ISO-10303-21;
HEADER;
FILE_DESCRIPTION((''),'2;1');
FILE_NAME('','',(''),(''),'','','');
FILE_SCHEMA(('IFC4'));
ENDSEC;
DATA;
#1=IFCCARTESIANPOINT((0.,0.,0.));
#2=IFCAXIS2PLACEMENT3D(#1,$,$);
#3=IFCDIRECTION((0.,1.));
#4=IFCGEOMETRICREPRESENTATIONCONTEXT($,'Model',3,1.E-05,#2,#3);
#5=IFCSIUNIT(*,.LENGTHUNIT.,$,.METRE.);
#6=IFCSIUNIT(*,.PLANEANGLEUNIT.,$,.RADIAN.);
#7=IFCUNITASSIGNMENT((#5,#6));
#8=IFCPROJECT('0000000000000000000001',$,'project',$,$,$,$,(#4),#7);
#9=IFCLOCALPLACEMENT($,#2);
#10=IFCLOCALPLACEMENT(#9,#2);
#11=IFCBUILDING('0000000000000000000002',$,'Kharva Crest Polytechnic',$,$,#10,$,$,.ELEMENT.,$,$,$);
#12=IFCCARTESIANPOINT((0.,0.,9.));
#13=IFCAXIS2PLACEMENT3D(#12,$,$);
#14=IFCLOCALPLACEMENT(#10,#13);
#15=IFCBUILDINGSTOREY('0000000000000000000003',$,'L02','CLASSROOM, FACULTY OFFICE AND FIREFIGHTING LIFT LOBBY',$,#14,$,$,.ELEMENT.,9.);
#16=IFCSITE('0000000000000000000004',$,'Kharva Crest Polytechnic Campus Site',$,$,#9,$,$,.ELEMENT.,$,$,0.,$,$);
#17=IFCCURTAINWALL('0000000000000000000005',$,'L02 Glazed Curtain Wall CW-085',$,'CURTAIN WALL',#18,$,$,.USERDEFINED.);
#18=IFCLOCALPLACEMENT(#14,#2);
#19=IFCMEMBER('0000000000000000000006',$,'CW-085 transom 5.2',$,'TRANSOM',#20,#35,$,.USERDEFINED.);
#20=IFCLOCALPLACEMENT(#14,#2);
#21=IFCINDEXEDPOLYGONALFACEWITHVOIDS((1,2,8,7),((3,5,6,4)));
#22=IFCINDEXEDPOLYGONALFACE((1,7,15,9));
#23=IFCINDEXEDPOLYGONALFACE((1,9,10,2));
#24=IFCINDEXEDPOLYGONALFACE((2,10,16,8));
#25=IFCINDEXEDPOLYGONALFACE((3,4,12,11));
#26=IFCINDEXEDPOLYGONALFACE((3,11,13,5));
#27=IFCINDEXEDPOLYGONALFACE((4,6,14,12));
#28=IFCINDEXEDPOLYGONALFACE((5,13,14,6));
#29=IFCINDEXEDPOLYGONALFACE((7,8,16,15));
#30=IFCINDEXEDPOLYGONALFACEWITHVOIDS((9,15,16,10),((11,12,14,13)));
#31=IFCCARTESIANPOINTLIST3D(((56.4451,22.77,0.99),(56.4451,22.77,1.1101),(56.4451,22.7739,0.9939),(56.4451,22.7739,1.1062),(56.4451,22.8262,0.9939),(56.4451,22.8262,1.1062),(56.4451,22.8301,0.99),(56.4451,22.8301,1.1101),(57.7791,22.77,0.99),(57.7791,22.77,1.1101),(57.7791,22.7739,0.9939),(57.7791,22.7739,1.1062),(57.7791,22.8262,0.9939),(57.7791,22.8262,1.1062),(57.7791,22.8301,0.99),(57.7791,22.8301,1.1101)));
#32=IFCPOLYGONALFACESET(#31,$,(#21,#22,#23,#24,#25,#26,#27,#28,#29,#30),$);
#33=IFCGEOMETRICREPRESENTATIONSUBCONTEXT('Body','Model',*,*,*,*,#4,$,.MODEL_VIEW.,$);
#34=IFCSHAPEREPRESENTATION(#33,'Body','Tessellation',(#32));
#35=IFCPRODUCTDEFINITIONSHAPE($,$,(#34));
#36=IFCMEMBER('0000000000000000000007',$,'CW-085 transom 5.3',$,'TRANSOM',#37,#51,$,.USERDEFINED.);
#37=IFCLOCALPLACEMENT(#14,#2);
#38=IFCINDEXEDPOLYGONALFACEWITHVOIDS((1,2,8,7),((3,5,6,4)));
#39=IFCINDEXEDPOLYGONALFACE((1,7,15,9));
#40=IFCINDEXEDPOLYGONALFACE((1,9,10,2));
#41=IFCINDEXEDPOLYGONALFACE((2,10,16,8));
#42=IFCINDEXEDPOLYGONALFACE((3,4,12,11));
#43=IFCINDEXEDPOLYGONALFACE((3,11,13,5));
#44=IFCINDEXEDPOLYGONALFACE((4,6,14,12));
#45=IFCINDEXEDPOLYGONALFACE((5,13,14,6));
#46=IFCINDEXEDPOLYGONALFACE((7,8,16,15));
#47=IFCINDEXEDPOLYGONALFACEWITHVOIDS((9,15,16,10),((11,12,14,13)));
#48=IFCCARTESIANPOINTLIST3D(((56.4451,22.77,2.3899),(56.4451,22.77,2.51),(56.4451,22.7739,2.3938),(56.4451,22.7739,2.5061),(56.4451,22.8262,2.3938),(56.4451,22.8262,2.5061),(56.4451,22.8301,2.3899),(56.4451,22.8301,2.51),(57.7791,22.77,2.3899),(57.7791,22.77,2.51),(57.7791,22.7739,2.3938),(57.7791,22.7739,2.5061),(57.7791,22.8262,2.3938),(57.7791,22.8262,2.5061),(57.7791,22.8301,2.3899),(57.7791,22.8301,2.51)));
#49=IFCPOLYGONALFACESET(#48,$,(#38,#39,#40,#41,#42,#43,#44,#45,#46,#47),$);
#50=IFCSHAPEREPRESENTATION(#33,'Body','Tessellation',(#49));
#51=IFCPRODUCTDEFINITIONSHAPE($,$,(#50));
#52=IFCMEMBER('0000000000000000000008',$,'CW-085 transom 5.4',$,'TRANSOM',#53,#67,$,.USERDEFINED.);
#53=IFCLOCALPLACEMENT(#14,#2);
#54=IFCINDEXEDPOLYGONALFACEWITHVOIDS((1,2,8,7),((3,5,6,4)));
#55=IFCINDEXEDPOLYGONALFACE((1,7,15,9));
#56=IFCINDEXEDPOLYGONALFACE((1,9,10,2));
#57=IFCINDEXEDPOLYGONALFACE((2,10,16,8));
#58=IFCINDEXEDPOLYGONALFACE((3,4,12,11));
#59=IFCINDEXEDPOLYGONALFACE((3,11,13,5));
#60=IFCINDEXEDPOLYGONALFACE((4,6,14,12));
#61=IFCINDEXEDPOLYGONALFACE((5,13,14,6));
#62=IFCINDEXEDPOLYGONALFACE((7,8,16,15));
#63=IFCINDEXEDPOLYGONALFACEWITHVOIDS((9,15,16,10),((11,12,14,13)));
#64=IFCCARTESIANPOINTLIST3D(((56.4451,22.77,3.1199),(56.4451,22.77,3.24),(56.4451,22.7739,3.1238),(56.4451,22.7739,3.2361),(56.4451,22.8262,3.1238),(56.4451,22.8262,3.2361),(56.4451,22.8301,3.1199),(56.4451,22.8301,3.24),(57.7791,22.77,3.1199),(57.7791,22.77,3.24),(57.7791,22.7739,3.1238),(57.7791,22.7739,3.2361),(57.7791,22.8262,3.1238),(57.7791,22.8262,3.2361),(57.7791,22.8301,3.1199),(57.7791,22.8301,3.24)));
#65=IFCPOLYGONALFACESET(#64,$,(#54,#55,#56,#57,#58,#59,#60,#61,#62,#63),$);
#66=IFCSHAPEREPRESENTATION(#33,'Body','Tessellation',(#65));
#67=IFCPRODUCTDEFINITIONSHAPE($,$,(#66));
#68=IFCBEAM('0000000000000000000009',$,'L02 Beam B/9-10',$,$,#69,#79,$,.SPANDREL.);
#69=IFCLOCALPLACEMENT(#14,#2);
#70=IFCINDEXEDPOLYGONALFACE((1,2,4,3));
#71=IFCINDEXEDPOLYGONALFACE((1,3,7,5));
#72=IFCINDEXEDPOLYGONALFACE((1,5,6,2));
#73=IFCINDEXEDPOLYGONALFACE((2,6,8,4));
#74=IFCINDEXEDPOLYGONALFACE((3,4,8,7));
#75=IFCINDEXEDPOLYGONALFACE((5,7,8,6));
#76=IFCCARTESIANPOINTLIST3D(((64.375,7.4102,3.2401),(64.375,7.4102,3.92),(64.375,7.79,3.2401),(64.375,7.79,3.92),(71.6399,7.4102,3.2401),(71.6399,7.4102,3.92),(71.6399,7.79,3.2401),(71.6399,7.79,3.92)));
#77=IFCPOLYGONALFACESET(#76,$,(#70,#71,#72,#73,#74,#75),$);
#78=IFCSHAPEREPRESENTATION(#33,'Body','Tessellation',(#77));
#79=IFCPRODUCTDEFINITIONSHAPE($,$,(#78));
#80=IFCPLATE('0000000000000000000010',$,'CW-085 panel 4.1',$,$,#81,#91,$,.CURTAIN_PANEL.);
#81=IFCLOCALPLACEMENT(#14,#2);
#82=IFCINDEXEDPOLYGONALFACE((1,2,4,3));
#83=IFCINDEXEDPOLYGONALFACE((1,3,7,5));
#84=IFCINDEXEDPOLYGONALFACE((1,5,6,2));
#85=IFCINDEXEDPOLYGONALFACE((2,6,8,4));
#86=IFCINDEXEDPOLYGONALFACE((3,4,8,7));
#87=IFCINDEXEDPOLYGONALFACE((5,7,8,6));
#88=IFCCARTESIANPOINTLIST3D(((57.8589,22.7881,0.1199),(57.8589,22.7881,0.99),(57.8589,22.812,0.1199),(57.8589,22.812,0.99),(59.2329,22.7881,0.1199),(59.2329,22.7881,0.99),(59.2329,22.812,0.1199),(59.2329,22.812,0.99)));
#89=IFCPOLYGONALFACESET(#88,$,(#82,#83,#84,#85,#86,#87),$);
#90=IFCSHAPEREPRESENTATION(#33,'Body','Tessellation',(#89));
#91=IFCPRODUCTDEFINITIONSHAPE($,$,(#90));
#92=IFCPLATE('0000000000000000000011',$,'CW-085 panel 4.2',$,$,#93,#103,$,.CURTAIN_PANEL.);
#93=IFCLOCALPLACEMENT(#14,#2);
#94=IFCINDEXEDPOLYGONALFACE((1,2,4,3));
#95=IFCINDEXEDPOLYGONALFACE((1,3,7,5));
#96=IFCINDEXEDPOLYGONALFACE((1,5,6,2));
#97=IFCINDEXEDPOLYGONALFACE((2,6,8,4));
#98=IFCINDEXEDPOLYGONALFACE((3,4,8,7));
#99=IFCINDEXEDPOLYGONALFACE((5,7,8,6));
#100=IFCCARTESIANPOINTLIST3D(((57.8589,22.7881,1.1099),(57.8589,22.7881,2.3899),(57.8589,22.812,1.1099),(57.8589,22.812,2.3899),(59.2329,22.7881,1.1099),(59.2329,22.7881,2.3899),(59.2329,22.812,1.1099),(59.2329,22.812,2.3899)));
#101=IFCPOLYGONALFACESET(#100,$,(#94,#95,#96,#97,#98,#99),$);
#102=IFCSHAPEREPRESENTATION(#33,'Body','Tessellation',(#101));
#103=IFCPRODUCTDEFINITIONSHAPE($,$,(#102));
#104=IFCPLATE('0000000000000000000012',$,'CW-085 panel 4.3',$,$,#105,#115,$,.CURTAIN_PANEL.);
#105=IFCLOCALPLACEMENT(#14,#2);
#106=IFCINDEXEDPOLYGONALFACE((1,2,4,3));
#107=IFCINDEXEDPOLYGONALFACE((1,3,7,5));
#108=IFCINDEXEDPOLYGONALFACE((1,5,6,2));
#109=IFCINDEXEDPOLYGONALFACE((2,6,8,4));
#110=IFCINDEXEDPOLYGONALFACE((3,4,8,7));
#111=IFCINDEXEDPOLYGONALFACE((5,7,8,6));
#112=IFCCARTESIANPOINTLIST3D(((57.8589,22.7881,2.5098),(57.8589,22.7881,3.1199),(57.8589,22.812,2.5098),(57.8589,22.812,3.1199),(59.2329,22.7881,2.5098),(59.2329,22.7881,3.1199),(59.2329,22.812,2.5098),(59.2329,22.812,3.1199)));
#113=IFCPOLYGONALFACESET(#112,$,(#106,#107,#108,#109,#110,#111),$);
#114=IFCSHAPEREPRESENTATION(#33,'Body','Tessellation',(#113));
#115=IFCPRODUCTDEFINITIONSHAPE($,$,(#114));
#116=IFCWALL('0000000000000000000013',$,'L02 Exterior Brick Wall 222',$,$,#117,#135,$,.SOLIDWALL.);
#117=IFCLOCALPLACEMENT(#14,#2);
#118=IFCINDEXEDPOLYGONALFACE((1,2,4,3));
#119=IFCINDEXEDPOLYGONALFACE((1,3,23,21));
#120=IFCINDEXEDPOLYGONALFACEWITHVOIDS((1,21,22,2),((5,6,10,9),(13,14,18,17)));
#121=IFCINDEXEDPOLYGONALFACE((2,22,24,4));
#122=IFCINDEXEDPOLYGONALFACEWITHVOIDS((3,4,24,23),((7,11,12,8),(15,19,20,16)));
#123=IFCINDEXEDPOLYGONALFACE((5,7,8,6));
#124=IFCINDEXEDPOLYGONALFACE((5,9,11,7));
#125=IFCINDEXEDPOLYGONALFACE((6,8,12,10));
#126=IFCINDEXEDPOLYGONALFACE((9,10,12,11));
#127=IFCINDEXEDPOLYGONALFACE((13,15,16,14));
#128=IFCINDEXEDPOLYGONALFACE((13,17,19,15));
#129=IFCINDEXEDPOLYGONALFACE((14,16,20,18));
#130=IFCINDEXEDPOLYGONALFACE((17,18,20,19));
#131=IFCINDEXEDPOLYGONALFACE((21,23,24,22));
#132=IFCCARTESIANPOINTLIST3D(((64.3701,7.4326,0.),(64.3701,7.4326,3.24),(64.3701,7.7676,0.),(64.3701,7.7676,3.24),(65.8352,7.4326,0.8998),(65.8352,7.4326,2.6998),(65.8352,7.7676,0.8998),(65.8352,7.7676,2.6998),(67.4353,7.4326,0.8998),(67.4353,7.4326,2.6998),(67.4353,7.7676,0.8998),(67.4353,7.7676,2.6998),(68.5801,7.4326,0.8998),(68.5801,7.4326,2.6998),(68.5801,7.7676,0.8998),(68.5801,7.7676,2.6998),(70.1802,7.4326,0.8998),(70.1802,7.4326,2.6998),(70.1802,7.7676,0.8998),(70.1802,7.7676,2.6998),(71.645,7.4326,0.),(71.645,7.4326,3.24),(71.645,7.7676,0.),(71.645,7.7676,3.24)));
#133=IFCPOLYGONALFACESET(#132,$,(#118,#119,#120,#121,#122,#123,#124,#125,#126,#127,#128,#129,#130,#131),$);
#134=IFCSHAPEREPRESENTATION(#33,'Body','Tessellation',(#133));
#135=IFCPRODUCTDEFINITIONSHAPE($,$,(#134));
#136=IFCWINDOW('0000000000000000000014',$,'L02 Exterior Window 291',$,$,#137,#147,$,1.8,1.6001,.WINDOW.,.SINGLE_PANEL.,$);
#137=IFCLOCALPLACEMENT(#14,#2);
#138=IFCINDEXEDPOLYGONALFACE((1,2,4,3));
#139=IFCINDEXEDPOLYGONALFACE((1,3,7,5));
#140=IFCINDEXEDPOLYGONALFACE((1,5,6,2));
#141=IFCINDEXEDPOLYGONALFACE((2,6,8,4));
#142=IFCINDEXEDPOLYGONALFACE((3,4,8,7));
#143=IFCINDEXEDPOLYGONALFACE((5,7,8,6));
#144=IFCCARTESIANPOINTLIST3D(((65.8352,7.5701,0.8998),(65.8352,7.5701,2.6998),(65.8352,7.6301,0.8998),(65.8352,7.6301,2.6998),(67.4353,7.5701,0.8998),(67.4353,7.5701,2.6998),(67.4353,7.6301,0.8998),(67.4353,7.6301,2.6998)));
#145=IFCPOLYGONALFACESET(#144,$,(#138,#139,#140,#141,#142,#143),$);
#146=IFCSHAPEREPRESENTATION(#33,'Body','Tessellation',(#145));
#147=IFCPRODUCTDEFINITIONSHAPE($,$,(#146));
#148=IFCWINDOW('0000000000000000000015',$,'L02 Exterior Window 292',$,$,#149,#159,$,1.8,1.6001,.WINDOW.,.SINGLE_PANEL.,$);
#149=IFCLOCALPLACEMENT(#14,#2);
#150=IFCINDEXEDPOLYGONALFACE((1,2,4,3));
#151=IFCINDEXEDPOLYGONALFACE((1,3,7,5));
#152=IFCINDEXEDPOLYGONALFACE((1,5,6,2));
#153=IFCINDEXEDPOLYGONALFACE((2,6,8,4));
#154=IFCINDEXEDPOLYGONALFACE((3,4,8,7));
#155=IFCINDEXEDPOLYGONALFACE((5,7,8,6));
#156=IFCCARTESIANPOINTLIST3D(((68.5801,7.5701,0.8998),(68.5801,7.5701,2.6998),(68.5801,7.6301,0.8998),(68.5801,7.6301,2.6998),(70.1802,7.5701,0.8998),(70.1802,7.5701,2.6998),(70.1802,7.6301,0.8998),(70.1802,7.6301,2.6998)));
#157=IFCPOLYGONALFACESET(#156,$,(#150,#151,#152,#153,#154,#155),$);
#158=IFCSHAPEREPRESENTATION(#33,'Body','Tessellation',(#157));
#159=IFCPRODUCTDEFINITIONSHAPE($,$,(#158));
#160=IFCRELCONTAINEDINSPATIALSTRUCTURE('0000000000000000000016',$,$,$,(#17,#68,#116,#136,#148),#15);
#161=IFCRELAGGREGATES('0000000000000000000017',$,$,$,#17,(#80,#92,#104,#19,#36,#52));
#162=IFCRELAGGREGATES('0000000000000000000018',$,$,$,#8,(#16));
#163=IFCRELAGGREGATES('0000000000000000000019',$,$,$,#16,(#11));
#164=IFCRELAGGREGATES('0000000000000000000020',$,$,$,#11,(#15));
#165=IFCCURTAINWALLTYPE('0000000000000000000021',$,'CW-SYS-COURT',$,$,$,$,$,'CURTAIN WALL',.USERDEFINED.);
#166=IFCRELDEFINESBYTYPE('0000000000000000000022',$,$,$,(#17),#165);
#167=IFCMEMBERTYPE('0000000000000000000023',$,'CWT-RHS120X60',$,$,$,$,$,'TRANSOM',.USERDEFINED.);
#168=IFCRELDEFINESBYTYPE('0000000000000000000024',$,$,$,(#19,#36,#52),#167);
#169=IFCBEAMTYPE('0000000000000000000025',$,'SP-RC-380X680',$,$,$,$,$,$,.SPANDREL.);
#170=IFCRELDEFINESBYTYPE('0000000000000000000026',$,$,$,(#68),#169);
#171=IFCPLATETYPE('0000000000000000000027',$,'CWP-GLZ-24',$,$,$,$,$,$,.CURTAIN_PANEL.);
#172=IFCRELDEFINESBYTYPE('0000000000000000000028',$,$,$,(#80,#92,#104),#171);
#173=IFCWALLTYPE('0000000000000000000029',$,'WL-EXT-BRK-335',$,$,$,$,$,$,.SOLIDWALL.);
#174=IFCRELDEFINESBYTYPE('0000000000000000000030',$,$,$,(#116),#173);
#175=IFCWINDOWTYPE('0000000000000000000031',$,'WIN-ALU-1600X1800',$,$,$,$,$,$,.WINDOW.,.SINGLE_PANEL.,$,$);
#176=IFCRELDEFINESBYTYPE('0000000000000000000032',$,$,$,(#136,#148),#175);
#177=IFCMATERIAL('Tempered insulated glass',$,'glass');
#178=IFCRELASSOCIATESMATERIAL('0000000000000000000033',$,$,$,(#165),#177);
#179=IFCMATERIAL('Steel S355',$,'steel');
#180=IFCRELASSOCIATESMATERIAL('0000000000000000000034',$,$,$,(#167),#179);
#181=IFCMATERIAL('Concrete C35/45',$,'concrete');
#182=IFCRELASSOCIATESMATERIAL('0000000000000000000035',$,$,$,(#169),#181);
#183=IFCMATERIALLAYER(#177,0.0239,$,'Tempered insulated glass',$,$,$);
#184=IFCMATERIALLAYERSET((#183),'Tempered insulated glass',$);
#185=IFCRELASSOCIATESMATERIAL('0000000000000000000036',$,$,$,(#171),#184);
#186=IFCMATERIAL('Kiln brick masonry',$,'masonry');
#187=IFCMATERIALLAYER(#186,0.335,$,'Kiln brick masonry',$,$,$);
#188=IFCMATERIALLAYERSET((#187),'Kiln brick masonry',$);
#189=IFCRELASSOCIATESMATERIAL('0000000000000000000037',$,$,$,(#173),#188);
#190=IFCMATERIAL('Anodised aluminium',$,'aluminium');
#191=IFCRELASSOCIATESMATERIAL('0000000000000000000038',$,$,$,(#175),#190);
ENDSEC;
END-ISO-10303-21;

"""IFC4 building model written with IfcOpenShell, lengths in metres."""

from ifc_helpers import new_model, si_unit, direction, frame, frame_2d, origin, origin_2d, place, context, subcontext, project, spatial, rectangle, hollow_rectangle, extrude, material, layer, layer_set, material_profile, profile_set, type_object, element, fill, aggregate, save


model = new_model("IFC4")

# Units and contexts
model_context = context("Model", 3, precision=1e-05, world=origin(), true_north=direction((0.0, 1.0)))
body_context = subcontext(model_context, "Body", "Model", "MODEL_VIEW")
ifc_project = project(units=[si_unit("LENGTHUNIT", "METRE"), si_unit("PLANEANGLEUNIT", "RADIAN")], contexts=[model_context])

# Site, building, storey
site_placement = place(None, origin())
site = spatial("IfcSite", under=ifc_project, at=site_placement, Name="Kharva Crest Polytechnic Campus Site", CompositionType="ELEMENT", RefElevation=0.0)
building_placement = place(site_placement, origin())
building = spatial("IfcBuilding", under=site, at=building_placement, Name="Kharva Crest Polytechnic", CompositionType="ELEMENT")
storey_placement = place(building_placement, frame((0.0, 0.0, 9.0)))
storey = spatial("IfcBuildingStorey", under=building, at=storey_placement, Name="L02", Description="CLASSROOM, FACULTY OFFICE AND FIREFIGHTING LIFT LOBBY", CompositionType="ELEMENT", Elevation=9.0)

# Shared definitions
ifc_material_1 = material(Name="Concrete C35/45", Category="concrete")

# Curtain wall, members
ifc_material_2 = material(Name="Tempered insulated glass", Category="glass")
curtain_wall_type = type_object("IfcCurtainWallType", Name="CW-SYS-COURT", ElementType="CURTAIN WALL", PredefinedType="USERDEFINED", material=ifc_material_2)
curtain_wall_placement = place(storey_placement, origin())
curtain_wall = element("IfcCurtainWall", 1, at=curtain_wall_placement, inside=storey, type_object=curtain_wall_type, Name="L02 Glazed Curtain Wall CW-085", ObjectType="CURTAIN WALL", PredefinedType="USERDEFINED")
ifc_material_3 = material(Name="Steel S355", Category="steel")
ifc_material_profile_1 = material_profile(ifc_material_3, hollow_rectangle(XDim=0.0601, YDim=0.1201, WallThickness=0.0039, at=origin_2d()), Name="RHS 120X60X4.0")
ifc_profile_set_1 = profile_set([ifc_material_profile_1], Name="Steel S355")
member_type_1 = type_object("IfcMemberType", Name="CWT-RHS120X60", ElementType="TRANSOM", PredefinedType="USERDEFINED", material=ifc_profile_set_1)
member_1_placement = place(storey_placement, frame((57.7791, 22.8, 1.05), z_axis=(-1.0, 0.0, 0.0), x_axis=(0.0, -1.0, 0.0)))
member_1 = element("IfcMember", 2, at=member_1_placement, type_object=member_type_1, Name="CW-085 transom 5.2", ObjectType="TRANSOM", PredefinedType="USERDEFINED", context=body_context, shape_type="SweptSolid", body=[
    extrude(hollow_rectangle(XDim=0.0601, YDim=0.1201, WallThickness=0.0039, at=origin_2d()), origin(), (0.0, 0.0, 1.0), 1.334),
])
member_2_placement = place(storey_placement, frame((57.7791, 22.8, 2.45), z_axis=(-1.0, 0.0, 0.0), x_axis=(0.0, -1.0, 0.0)))
member_2 = element("IfcMember", 3, at=member_2_placement, type_object=member_type_1, Name="CW-085 transom 5.3", ObjectType="TRANSOM", PredefinedType="USERDEFINED", context=body_context, shape_type="SweptSolid", body=[
    extrude(hollow_rectangle(XDim=0.0601, YDim=0.1201, WallThickness=0.0039, at=origin_2d()), origin(), (0.0, 0.0, 1.0), 1.334),
])
member_3_placement = place(storey_placement, frame((57.7791, 22.8, 3.1799), z_axis=(-1.0, 0.0, 0.0), x_axis=(0.0, -1.0, 0.0)))
member_3 = element("IfcMember", 4, at=member_3_placement, type_object=member_type_1, Name="CW-085 transom 5.4", ObjectType="TRANSOM", PredefinedType="USERDEFINED", context=body_context, shape_type="SweptSolid", body=[
    extrude(hollow_rectangle(XDim=0.0601, YDim=0.1201, WallThickness=0.0039, at=origin_2d()), origin(), (0.0, 0.0, 1.0), 1.334),
])

# Beam
ifc_material_profile_2 = material_profile(ifc_material_1, rectangle(XDim=0.3799, YDim=0.6799, at=origin_2d()), Name="RECT 380 X 680")
ifc_profile_set_2 = profile_set([ifc_material_profile_2], Name="Concrete C35/45")
beam_type_1 = type_object("IfcBeamType", Name="SP-RC-380X680", PredefinedType="SPANDREL", material=ifc_profile_set_2)
beam_1_placement = place(storey_placement, frame((64.375, 7.6001, 3.5801), z_axis=(1.0, 0.0, 0.0), x_axis=(0.0, 1.0, 0.0)))
element("IfcBeam", 5, at=beam_1_placement, inside=storey, type_object=beam_type_1, Name="L02 Beam B/9-10", PredefinedType="SPANDREL", context=body_context, shape_type="SweptSolid", body=[
    extrude(rectangle(XDim=0.3799, YDim=0.6799, at=origin_2d()), origin(), (0.0, 0.0, 1.0), 7.2649),
])

# Plates
ifc_layer_1 = layer(ifc_material_2, 0.0239, Name="Tempered insulated glass")
ifc_layer_set_1 = layer_set([ifc_layer_1], Name="Tempered insulated glass")
plate_type = type_object("IfcPlateType", Name="CWP-GLZ-24", PredefinedType="CURTAIN_PANEL", material=ifc_layer_set_1)
plate_1_placement = place(storey_placement, frame((58.5459, 22.8, 0.1199), z_axis=(0.0, 0.0, 1.0), x_axis=(-1.0, 0.0, 0.0)))
plate_1 = element("IfcPlate", 6, at=plate_1_placement, type_object=plate_type, Name="CW-085 panel 4.1", PredefinedType="CURTAIN_PANEL", context=body_context, shape_type="SweptSolid", body=[
    extrude(rectangle(XDim=1.374, YDim=0.0239, at=origin_2d()), origin(), (0.0, 0.0, 1.0), 0.8701),
])
plate_2_placement = place(storey_placement, frame((58.5459, 22.8, 1.1099), z_axis=(0.0, 0.0, 1.0), x_axis=(-1.0, 0.0, 0.0)))
plate_2 = element("IfcPlate", 7, at=plate_2_placement, type_object=plate_type, Name="CW-085 panel 4.2", PredefinedType="CURTAIN_PANEL", context=body_context, shape_type="SweptSolid", body=[
    extrude(rectangle(XDim=1.374, YDim=0.0239, at=origin_2d()), origin(), (0.0, 0.0, 1.0), 1.28),
])
plate_3_placement = place(storey_placement, frame((58.5459, 22.8, 2.5098), z_axis=(0.0, 0.0, 1.0), x_axis=(-1.0, 0.0, 0.0)))
plate_3 = element("IfcPlate", 8, at=plate_3_placement, type_object=plate_type, Name="CW-085 panel 4.3", PredefinedType="CURTAIN_PANEL", context=body_context, shape_type="SweptSolid", body=[
    extrude(rectangle(XDim=1.374, YDim=0.0239, at=origin_2d()), origin(), (0.0, 0.0, 1.0), 0.6101),
])
aggregate(curtain_wall, [plate_1, plate_2, plate_3, member_1, member_2, member_3])

# Wall, openings, windows
ifc_material_4 = material(Name="Kiln brick masonry", Category="masonry")
ifc_layer_2 = layer(ifc_material_4, 0.335, Name="Kiln brick masonry")
ifc_layer_set_2 = layer_set([ifc_layer_2], Name="Kiln brick masonry")
wall_type = type_object("IfcWallType", Name="WL-EXT-BRK-335", PredefinedType="SOLIDWALL", material=ifc_layer_set_2)
wall_placement = place(storey_placement, frame((64.3701, 7.6001, 0.0), z_axis=(0.0, 0.0, 1.0), x_axis=(1.0, 0.0, 0.0)))
wall = element("IfcWall", 9, at=wall_placement, inside=storey, type_object=wall_type, Name="L02 Exterior Brick Wall 222", PredefinedType="SOLIDWALL", context=body_context, shape_type="SweptSolid", body=[
    extrude(rectangle(XDim=7.2749, YDim=0.335, at=frame_2d((3.6375, 0.0))), origin(), (0.0, 0.0, 1.0), 3.24),
])
opening_1_placement = place(wall_placement, frame((1.4651, 0.0, 0.8999)))
opening_1 = element("IfcOpeningElement", 10, at=opening_1_placement, cuts=wall, PredefinedType="OPENING", context=body_context, shape_type="SweptSolid", body=[
    extrude(rectangle(XDim=1.6001, YDim=1.8, at=frame_2d((0.8, 0.8999))), frame((0.0, 0.1775, 0.0), z_axis=(0.0, -1.0, 0.0), x_axis=(1.0, 0.0, 0.0)), (0.0, 0.0, 1.0), 0.355),
])
opening_2_placement = place(wall_placement, frame((4.21, 0.0, 0.8999)))
opening_2 = element("IfcOpeningElement", 11, at=opening_2_placement, cuts=wall, PredefinedType="OPENING", context=body_context, shape_type="SweptSolid", body=[
    extrude(rectangle(XDim=1.6001, YDim=1.8, at=frame_2d((0.8, 0.8999))), frame((0.0, 0.1775, 0.0), z_axis=(0.0, -1.0, 0.0), x_axis=(1.0, 0.0, 0.0)), (0.0, 0.0, 1.0), 0.355),
])
ifc_material_5 = material(Name="Anodised aluminium", Category="aluminium")
window_type = type_object("IfcWindowType", Name="WIN-ALU-1600X1800", PartitioningType="SINGLE_PANEL", PredefinedType="WINDOW", material=ifc_material_5)
window_1_placement = place(opening_1_placement, origin())
window_1 = element("IfcWindow", 12, at=window_1_placement, inside=storey, type_object=window_type, Name="L02 Exterior Window 291", OverallHeight=1.8, OverallWidth=1.6001, PartitioningType="SINGLE_PANEL", PredefinedType="WINDOW", context=body_context, shape_type="SweptSolid", body=[
    extrude(rectangle(XDim=1.6001, YDim=1.8, at=frame_2d((0.8, 0.8999))), frame((0.0, 0.03, 0.0), z_axis=(0.0, -1.0, 0.0), x_axis=(1.0, 0.0, 0.0)), (0.0, 0.0, 1.0), 0.0601),
])
fill(opening_1, window_1)
window_2_placement = place(opening_2_placement, origin())
window_2 = element("IfcWindow", 13, at=window_2_placement, inside=storey, type_object=window_type, Name="L02 Exterior Window 292", OverallHeight=1.8, OverallWidth=1.6001, PartitioningType="SINGLE_PANEL", PredefinedType="WINDOW", context=body_context, shape_type="SweptSolid", body=[
    extrude(rectangle(XDim=1.6001, YDim=1.8, at=frame_2d((0.8, 0.8999))), frame((0.0, 0.03, 0.0), z_axis=(0.0, -1.0, 0.0), x_axis=(1.0, 0.0, 0.0)), (0.0, 0.0, 1.0), 0.0601),
])
fill(opening_2, window_2)

save(model, "model.ifc")
